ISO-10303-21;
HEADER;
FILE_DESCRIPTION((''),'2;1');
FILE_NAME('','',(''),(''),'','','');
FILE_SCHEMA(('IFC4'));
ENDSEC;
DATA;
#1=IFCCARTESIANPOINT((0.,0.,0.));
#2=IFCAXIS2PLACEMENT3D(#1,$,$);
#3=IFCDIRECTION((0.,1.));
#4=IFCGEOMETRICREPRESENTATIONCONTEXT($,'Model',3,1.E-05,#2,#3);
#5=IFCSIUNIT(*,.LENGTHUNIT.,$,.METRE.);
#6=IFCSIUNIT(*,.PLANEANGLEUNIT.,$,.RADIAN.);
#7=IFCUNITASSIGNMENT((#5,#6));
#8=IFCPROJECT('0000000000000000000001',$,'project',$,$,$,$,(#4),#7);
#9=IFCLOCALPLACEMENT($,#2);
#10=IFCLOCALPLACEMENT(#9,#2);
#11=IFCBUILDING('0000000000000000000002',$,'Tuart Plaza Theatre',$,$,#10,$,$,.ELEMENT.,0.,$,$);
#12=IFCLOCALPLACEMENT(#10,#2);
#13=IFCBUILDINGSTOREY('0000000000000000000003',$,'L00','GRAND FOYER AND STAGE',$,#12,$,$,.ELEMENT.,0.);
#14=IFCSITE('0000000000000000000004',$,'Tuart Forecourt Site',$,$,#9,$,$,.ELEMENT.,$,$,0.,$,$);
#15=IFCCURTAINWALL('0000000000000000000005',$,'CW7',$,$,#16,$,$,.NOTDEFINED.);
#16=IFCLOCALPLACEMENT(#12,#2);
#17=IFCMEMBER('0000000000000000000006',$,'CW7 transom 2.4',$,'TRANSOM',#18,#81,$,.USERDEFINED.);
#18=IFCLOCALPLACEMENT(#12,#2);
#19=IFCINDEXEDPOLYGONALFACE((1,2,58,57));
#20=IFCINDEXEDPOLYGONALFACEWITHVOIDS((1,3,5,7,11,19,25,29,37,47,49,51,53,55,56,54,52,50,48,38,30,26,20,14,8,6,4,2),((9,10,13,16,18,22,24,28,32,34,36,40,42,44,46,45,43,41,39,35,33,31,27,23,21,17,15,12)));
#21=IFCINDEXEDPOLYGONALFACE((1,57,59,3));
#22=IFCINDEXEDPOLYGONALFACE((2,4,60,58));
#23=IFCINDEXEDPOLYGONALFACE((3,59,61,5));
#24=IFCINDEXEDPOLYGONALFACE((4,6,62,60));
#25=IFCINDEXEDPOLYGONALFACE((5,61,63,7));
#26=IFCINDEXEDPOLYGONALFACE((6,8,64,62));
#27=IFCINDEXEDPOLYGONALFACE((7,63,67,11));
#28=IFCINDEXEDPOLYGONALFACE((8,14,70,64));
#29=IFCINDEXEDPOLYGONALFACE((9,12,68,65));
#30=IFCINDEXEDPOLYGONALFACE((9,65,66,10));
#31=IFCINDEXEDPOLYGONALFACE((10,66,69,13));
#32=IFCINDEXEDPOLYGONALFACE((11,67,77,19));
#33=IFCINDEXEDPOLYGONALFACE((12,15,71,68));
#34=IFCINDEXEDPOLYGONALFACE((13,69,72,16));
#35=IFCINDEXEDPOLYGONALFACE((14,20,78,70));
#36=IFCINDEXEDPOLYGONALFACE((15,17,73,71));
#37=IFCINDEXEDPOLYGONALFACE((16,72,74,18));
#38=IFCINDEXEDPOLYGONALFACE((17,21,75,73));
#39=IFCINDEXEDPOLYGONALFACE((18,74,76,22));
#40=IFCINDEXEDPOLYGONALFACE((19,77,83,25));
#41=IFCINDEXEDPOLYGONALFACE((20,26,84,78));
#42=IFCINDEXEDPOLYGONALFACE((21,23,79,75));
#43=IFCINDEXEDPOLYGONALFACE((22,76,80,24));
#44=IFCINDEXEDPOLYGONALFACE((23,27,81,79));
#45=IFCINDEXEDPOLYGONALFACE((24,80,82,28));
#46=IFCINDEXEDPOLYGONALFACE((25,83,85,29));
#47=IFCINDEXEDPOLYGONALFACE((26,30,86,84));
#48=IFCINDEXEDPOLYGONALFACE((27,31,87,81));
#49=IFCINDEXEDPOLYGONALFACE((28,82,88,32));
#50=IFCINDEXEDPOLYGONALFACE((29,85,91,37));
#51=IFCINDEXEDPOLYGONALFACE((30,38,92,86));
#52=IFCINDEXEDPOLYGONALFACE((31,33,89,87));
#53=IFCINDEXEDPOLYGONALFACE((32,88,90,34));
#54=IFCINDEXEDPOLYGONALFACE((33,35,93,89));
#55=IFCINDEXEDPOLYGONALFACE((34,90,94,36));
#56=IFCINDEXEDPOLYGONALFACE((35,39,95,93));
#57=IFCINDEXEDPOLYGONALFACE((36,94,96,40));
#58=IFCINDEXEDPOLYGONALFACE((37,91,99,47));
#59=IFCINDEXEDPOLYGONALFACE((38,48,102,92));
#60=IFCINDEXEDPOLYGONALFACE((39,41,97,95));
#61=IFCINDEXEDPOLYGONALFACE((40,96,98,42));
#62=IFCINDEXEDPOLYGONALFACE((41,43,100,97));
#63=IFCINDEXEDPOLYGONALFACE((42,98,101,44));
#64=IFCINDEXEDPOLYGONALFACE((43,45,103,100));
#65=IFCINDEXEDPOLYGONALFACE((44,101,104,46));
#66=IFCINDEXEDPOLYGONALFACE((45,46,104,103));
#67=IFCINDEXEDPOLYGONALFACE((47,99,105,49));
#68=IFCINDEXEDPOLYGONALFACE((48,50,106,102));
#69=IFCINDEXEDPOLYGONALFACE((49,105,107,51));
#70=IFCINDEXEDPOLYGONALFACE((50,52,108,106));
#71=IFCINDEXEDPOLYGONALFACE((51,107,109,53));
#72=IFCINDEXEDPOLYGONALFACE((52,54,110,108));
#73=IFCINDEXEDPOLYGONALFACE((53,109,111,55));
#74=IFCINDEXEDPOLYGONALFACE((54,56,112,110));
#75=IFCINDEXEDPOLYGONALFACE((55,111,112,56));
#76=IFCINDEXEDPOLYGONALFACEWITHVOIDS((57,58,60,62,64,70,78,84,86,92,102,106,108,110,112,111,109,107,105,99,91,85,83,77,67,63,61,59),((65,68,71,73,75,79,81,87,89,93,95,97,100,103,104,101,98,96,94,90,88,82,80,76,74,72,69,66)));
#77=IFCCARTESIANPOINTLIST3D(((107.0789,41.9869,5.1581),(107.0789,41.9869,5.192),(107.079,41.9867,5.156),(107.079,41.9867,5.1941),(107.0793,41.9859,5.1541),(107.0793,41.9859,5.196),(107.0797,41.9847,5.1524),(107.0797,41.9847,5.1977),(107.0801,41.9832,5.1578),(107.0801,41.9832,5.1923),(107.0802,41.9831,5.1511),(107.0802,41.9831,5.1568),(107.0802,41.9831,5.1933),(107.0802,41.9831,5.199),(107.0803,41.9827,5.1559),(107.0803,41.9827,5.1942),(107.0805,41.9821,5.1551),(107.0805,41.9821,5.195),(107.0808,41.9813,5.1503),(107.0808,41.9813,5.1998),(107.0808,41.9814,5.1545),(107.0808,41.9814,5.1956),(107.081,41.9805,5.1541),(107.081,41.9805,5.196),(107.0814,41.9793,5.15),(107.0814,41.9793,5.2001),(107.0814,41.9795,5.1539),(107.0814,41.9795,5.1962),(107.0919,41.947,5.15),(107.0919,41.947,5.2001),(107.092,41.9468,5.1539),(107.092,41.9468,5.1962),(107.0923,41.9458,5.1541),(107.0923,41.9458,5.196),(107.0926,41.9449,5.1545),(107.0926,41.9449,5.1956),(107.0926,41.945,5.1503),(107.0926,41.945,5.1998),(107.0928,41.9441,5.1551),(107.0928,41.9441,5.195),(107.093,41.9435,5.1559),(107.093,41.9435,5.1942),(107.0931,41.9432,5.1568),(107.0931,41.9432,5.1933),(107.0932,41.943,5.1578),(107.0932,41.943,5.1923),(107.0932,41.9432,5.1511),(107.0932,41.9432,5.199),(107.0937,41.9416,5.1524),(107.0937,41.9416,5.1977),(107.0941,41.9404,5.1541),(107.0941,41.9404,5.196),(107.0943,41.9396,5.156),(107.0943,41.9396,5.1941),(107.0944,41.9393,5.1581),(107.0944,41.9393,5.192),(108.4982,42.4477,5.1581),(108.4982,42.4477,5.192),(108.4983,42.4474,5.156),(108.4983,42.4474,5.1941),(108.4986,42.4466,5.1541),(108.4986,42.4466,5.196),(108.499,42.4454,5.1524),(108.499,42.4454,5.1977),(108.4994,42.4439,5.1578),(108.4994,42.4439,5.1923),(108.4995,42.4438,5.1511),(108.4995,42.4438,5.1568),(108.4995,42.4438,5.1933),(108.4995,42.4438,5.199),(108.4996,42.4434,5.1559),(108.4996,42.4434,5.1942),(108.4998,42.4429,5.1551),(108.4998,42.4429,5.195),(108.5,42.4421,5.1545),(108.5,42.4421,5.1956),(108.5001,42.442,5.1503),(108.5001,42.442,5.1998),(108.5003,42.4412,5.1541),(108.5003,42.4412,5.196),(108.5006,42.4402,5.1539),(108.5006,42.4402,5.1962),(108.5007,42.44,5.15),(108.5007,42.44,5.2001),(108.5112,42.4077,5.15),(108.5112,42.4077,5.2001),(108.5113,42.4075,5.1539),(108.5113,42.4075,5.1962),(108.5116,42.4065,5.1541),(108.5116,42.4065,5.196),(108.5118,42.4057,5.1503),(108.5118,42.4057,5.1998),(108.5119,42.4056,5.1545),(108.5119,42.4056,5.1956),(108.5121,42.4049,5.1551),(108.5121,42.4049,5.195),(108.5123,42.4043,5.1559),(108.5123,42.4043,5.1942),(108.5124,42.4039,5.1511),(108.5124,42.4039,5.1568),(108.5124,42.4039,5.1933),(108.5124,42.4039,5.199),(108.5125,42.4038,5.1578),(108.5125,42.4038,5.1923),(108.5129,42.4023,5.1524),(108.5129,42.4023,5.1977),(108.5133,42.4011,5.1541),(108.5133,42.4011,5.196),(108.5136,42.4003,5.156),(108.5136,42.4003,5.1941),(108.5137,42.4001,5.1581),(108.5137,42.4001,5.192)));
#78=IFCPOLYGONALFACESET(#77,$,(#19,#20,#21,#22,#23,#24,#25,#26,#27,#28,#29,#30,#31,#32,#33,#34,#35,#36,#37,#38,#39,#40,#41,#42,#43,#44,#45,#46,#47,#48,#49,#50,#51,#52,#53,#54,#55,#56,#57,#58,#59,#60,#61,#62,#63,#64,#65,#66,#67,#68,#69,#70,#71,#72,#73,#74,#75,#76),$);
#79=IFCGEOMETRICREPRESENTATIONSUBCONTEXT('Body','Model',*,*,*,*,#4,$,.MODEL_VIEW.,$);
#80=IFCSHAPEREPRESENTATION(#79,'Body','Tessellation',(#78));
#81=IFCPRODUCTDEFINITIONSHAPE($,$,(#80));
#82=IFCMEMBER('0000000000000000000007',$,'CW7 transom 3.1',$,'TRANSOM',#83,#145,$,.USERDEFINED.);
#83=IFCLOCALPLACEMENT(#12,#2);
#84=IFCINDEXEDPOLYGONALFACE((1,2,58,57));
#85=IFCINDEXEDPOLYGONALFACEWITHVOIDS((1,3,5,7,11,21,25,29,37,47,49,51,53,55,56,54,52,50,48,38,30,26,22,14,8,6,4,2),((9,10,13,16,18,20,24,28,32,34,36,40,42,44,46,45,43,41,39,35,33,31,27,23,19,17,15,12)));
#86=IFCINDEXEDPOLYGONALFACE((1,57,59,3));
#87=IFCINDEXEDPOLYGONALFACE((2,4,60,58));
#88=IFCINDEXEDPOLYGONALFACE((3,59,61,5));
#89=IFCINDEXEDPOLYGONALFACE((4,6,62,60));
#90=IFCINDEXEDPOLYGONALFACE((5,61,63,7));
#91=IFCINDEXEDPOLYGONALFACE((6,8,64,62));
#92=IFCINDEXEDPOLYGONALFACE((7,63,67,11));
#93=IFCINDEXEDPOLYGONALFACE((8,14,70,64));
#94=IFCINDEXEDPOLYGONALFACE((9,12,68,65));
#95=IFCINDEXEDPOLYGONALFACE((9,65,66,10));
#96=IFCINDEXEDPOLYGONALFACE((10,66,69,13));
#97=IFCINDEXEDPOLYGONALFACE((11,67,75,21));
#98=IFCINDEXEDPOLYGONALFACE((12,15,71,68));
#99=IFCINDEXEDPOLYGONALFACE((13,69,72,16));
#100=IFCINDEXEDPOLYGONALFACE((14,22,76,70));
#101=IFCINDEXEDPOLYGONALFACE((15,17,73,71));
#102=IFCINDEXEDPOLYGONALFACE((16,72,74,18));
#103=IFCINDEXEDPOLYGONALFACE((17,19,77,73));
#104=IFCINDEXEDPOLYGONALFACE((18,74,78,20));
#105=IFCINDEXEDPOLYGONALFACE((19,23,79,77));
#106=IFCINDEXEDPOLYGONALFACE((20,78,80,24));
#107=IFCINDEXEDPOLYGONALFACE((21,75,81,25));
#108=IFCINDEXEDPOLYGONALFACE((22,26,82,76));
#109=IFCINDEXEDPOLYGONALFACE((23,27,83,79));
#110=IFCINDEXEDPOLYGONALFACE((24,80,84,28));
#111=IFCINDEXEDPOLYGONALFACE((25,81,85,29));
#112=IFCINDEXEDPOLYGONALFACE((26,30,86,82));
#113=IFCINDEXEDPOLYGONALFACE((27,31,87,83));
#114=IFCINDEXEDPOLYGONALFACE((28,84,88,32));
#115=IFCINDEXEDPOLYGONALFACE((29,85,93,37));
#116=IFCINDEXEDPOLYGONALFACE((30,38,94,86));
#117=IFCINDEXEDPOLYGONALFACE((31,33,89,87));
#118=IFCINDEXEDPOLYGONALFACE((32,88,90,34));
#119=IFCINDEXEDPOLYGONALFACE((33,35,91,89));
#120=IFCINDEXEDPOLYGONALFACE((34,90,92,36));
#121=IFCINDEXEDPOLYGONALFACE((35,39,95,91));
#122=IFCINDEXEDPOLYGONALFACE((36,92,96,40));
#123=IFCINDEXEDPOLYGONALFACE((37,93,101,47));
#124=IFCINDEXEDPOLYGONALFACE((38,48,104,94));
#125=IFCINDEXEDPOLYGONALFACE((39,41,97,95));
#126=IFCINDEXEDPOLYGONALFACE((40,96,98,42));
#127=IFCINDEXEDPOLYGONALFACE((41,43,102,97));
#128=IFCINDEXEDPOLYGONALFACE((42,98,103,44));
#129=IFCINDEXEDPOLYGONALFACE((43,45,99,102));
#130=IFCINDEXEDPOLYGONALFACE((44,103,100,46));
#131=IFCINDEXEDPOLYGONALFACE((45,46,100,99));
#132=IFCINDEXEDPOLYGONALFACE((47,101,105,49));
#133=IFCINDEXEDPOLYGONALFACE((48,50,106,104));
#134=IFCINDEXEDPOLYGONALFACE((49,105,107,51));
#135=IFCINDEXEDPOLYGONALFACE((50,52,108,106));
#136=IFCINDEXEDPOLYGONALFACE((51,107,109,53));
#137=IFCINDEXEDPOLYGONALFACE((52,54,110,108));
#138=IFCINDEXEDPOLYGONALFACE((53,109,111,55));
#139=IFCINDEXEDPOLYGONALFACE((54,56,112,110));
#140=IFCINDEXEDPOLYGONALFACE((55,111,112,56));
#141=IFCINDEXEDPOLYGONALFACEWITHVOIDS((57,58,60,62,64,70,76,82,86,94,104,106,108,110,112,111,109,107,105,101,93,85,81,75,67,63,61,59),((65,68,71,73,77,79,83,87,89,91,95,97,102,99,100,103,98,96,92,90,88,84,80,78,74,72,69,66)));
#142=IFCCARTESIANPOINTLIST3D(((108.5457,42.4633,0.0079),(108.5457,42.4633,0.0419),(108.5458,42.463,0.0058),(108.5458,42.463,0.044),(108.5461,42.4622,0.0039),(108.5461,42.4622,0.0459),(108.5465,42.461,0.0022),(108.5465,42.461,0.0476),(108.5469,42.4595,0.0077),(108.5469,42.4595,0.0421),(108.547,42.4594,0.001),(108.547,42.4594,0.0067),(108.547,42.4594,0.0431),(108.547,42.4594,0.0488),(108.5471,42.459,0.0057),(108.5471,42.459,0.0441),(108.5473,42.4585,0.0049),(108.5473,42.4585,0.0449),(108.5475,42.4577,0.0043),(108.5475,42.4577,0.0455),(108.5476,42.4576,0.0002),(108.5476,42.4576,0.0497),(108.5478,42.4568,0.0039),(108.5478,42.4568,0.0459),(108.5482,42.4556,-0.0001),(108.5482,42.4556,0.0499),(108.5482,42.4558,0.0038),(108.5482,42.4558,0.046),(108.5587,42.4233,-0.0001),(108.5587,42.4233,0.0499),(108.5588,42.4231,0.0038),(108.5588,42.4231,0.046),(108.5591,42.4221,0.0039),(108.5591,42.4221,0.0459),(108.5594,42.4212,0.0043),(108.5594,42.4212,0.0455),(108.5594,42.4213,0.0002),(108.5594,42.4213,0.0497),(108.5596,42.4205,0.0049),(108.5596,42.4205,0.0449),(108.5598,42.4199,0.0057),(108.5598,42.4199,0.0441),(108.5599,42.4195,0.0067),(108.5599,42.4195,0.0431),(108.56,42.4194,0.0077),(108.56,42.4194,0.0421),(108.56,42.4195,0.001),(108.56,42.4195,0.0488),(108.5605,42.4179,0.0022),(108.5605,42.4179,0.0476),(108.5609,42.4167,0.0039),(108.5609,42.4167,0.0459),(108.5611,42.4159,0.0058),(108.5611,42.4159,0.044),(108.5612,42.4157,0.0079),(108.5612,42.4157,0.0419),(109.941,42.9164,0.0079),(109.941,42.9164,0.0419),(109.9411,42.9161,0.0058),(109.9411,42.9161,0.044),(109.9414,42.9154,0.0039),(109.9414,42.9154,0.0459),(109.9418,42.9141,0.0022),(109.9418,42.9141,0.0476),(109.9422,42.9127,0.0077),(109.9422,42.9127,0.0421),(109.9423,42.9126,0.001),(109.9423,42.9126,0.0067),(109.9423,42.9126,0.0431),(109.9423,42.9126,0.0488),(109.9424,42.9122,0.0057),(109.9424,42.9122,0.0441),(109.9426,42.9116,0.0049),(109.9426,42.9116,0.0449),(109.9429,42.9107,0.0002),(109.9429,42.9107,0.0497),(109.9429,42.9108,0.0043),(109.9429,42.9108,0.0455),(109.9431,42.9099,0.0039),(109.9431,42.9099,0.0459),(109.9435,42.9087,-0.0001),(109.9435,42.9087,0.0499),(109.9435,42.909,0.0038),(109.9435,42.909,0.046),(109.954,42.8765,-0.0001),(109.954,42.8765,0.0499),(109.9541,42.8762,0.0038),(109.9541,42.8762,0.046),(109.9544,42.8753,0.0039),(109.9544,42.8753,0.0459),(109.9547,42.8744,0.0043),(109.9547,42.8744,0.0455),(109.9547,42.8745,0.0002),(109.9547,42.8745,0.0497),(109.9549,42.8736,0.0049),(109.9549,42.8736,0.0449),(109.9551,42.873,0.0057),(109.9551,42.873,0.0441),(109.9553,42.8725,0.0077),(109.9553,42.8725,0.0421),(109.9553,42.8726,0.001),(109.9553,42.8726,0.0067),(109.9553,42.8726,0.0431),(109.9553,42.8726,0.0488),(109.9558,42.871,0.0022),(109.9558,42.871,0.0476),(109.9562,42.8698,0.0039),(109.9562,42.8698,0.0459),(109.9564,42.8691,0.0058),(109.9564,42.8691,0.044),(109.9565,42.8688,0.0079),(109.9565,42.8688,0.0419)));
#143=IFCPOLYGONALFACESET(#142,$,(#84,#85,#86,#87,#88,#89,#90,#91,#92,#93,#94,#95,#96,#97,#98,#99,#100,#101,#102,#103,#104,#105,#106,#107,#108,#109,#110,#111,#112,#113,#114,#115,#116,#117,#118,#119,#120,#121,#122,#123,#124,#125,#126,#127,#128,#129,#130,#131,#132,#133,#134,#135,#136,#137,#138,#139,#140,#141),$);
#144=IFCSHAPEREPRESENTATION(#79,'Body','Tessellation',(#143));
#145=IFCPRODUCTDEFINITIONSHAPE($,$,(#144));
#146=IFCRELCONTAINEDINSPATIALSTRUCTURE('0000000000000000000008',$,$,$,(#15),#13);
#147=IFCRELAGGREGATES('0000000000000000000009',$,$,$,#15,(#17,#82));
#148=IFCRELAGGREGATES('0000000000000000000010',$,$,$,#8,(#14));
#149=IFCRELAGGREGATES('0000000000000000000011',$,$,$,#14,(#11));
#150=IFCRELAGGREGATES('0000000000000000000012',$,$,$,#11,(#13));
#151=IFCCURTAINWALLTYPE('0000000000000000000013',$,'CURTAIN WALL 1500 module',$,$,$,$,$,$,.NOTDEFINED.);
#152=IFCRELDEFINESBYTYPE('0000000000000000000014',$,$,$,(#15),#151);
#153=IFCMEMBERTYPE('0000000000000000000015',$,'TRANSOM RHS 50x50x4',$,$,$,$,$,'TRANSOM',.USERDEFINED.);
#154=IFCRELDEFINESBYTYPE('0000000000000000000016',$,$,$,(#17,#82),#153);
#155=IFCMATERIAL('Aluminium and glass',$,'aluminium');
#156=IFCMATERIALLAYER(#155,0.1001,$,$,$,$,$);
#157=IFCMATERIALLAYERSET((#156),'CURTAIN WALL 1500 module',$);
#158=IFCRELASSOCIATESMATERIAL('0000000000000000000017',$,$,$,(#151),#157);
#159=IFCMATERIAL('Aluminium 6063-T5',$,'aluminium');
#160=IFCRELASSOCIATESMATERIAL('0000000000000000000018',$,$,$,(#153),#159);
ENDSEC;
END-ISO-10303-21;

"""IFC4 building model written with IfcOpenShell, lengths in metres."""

from ifc_helpers import new_model, si_unit, direction, frame, origin, origin_2d, place, context, subcontext, project, spatial, hollow_rectangle, extrude, material, layer, layer_set, material_profile, profile_set, type_object, element, aggregate, save


model = new_model("IFC4")

# Units and contexts
model_context = context("Model", 3, precision=1e-05, world=origin(), true_north=direction((0.0, 1.0)))
body_context = subcontext(model_context, "Body", "Model", "MODEL_VIEW")
ifc_project = project(units=[si_unit("LENGTHUNIT", "METRE"), si_unit("PLANEANGLEUNIT", "RADIAN")], contexts=[model_context])

# Site, building, storey
site_placement = place(None, origin())
site = spatial("IfcSite", under=ifc_project, at=site_placement, Name="Tuart Forecourt Site", CompositionType="ELEMENT", RefElevation=0.0)
building_placement = place(site_placement, origin())
building = spatial("IfcBuilding", under=site, at=building_placement, Name="Tuart Plaza Theatre", CompositionType="ELEMENT", ElevationOfRefHeight=0.0)
storey_placement = place(building_placement, origin())
storey = spatial("IfcBuildingStorey", under=building, at=storey_placement, Name="L00", Description="GRAND FOYER AND STAGE", CompositionType="ELEMENT", Elevation=0.0)

# Curtain wall
ifc_material_1 = material(Name="Aluminium and glass", Category="aluminium")
ifc_layer_1 = layer(ifc_material_1, 0.1001)
ifc_layer_set_1 = layer_set([ifc_layer_1], Name="CURTAIN WALL 1500 module")
curtain_wall_type = type_object("IfcCurtainWallType", Name="CURTAIN WALL 1500 module", PredefinedType="NOTDEFINED", material=ifc_layer_set_1)
curtain_wall_1_placement = place(storey_placement, origin())
curtain_wall_1 = element("IfcCurtainWall", 1, at=curtain_wall_1_placement, inside=storey, type_object=curtain_wall_type, Name="CW7", PredefinedType="NOTDEFINED")

# Members
ifc_material_2 = material(Name="Aluminium 6063-T5", Category="aluminium")
ifc_material_profile_1 = material_profile(ifc_material_2, hollow_rectangle(XDim=0.05, YDim=0.05, WallThickness=0.0039, InnerFilletRadius=0.0039, OuterFilletRadius=0.0081, at=origin_2d()), Name="RHS 50x50x4")
ifc_profile_set_1 = profile_set([ifc_material_profile_1], Name="Aluminium 6063-T5")
member_type_1 = type_object("IfcMemberType", Name="TRANSOM RHS 50x50x4", ElementType="TRANSOM", PredefinedType="USERDEFINED", material=ifc_profile_set_1)
member_1_placement = place(storey_placement, frame((107.0867, 41.9631, 5.175), z_axis=(0.951141, 0.308757, 0.0), x_axis=(-0.308757, 0.951141, 0.0)))
member_1 = element("IfcMember", 2, at=member_1_placement, type_object=member_type_1, Name="CW7 transom 2.4", ObjectType="TRANSOM", PredefinedType="USERDEFINED", context=body_context, shape_type="SweptSolid", body=[
    extrude(hollow_rectangle(XDim=0.05, YDim=0.05, WallThickness=0.0039, InnerFilletRadius=0.0039, OuterFilletRadius=0.0081, at=origin_2d()), origin(), (0.0, 0.0, 1.0), 1.4922),
])
member_2_placement = place(storey_placement, frame((108.5535, 42.4395, 0.0249), z_axis=(0.951101, 0.308879, 0.0), x_axis=(-0.308879, 0.951101, 0.0)))
member_2 = element("IfcMember", 3, at=member_2_placement, type_object=member_type_1, Name="CW7 transom 3.1", ObjectType="TRANSOM", PredefinedType="USERDEFINED", context=body_context, shape_type="SweptSolid", body=[
    extrude(hollow_rectangle(XDim=0.05, YDim=0.05, WallThickness=0.0039, InnerFilletRadius=0.0039, OuterFilletRadius=0.0081, at=origin_2d()), origin(), (0.0, 0.0, 1.0), 1.467),
])

aggregate(curtain_wall_1, [member_1, member_2])

save(model, "model.ifc")
